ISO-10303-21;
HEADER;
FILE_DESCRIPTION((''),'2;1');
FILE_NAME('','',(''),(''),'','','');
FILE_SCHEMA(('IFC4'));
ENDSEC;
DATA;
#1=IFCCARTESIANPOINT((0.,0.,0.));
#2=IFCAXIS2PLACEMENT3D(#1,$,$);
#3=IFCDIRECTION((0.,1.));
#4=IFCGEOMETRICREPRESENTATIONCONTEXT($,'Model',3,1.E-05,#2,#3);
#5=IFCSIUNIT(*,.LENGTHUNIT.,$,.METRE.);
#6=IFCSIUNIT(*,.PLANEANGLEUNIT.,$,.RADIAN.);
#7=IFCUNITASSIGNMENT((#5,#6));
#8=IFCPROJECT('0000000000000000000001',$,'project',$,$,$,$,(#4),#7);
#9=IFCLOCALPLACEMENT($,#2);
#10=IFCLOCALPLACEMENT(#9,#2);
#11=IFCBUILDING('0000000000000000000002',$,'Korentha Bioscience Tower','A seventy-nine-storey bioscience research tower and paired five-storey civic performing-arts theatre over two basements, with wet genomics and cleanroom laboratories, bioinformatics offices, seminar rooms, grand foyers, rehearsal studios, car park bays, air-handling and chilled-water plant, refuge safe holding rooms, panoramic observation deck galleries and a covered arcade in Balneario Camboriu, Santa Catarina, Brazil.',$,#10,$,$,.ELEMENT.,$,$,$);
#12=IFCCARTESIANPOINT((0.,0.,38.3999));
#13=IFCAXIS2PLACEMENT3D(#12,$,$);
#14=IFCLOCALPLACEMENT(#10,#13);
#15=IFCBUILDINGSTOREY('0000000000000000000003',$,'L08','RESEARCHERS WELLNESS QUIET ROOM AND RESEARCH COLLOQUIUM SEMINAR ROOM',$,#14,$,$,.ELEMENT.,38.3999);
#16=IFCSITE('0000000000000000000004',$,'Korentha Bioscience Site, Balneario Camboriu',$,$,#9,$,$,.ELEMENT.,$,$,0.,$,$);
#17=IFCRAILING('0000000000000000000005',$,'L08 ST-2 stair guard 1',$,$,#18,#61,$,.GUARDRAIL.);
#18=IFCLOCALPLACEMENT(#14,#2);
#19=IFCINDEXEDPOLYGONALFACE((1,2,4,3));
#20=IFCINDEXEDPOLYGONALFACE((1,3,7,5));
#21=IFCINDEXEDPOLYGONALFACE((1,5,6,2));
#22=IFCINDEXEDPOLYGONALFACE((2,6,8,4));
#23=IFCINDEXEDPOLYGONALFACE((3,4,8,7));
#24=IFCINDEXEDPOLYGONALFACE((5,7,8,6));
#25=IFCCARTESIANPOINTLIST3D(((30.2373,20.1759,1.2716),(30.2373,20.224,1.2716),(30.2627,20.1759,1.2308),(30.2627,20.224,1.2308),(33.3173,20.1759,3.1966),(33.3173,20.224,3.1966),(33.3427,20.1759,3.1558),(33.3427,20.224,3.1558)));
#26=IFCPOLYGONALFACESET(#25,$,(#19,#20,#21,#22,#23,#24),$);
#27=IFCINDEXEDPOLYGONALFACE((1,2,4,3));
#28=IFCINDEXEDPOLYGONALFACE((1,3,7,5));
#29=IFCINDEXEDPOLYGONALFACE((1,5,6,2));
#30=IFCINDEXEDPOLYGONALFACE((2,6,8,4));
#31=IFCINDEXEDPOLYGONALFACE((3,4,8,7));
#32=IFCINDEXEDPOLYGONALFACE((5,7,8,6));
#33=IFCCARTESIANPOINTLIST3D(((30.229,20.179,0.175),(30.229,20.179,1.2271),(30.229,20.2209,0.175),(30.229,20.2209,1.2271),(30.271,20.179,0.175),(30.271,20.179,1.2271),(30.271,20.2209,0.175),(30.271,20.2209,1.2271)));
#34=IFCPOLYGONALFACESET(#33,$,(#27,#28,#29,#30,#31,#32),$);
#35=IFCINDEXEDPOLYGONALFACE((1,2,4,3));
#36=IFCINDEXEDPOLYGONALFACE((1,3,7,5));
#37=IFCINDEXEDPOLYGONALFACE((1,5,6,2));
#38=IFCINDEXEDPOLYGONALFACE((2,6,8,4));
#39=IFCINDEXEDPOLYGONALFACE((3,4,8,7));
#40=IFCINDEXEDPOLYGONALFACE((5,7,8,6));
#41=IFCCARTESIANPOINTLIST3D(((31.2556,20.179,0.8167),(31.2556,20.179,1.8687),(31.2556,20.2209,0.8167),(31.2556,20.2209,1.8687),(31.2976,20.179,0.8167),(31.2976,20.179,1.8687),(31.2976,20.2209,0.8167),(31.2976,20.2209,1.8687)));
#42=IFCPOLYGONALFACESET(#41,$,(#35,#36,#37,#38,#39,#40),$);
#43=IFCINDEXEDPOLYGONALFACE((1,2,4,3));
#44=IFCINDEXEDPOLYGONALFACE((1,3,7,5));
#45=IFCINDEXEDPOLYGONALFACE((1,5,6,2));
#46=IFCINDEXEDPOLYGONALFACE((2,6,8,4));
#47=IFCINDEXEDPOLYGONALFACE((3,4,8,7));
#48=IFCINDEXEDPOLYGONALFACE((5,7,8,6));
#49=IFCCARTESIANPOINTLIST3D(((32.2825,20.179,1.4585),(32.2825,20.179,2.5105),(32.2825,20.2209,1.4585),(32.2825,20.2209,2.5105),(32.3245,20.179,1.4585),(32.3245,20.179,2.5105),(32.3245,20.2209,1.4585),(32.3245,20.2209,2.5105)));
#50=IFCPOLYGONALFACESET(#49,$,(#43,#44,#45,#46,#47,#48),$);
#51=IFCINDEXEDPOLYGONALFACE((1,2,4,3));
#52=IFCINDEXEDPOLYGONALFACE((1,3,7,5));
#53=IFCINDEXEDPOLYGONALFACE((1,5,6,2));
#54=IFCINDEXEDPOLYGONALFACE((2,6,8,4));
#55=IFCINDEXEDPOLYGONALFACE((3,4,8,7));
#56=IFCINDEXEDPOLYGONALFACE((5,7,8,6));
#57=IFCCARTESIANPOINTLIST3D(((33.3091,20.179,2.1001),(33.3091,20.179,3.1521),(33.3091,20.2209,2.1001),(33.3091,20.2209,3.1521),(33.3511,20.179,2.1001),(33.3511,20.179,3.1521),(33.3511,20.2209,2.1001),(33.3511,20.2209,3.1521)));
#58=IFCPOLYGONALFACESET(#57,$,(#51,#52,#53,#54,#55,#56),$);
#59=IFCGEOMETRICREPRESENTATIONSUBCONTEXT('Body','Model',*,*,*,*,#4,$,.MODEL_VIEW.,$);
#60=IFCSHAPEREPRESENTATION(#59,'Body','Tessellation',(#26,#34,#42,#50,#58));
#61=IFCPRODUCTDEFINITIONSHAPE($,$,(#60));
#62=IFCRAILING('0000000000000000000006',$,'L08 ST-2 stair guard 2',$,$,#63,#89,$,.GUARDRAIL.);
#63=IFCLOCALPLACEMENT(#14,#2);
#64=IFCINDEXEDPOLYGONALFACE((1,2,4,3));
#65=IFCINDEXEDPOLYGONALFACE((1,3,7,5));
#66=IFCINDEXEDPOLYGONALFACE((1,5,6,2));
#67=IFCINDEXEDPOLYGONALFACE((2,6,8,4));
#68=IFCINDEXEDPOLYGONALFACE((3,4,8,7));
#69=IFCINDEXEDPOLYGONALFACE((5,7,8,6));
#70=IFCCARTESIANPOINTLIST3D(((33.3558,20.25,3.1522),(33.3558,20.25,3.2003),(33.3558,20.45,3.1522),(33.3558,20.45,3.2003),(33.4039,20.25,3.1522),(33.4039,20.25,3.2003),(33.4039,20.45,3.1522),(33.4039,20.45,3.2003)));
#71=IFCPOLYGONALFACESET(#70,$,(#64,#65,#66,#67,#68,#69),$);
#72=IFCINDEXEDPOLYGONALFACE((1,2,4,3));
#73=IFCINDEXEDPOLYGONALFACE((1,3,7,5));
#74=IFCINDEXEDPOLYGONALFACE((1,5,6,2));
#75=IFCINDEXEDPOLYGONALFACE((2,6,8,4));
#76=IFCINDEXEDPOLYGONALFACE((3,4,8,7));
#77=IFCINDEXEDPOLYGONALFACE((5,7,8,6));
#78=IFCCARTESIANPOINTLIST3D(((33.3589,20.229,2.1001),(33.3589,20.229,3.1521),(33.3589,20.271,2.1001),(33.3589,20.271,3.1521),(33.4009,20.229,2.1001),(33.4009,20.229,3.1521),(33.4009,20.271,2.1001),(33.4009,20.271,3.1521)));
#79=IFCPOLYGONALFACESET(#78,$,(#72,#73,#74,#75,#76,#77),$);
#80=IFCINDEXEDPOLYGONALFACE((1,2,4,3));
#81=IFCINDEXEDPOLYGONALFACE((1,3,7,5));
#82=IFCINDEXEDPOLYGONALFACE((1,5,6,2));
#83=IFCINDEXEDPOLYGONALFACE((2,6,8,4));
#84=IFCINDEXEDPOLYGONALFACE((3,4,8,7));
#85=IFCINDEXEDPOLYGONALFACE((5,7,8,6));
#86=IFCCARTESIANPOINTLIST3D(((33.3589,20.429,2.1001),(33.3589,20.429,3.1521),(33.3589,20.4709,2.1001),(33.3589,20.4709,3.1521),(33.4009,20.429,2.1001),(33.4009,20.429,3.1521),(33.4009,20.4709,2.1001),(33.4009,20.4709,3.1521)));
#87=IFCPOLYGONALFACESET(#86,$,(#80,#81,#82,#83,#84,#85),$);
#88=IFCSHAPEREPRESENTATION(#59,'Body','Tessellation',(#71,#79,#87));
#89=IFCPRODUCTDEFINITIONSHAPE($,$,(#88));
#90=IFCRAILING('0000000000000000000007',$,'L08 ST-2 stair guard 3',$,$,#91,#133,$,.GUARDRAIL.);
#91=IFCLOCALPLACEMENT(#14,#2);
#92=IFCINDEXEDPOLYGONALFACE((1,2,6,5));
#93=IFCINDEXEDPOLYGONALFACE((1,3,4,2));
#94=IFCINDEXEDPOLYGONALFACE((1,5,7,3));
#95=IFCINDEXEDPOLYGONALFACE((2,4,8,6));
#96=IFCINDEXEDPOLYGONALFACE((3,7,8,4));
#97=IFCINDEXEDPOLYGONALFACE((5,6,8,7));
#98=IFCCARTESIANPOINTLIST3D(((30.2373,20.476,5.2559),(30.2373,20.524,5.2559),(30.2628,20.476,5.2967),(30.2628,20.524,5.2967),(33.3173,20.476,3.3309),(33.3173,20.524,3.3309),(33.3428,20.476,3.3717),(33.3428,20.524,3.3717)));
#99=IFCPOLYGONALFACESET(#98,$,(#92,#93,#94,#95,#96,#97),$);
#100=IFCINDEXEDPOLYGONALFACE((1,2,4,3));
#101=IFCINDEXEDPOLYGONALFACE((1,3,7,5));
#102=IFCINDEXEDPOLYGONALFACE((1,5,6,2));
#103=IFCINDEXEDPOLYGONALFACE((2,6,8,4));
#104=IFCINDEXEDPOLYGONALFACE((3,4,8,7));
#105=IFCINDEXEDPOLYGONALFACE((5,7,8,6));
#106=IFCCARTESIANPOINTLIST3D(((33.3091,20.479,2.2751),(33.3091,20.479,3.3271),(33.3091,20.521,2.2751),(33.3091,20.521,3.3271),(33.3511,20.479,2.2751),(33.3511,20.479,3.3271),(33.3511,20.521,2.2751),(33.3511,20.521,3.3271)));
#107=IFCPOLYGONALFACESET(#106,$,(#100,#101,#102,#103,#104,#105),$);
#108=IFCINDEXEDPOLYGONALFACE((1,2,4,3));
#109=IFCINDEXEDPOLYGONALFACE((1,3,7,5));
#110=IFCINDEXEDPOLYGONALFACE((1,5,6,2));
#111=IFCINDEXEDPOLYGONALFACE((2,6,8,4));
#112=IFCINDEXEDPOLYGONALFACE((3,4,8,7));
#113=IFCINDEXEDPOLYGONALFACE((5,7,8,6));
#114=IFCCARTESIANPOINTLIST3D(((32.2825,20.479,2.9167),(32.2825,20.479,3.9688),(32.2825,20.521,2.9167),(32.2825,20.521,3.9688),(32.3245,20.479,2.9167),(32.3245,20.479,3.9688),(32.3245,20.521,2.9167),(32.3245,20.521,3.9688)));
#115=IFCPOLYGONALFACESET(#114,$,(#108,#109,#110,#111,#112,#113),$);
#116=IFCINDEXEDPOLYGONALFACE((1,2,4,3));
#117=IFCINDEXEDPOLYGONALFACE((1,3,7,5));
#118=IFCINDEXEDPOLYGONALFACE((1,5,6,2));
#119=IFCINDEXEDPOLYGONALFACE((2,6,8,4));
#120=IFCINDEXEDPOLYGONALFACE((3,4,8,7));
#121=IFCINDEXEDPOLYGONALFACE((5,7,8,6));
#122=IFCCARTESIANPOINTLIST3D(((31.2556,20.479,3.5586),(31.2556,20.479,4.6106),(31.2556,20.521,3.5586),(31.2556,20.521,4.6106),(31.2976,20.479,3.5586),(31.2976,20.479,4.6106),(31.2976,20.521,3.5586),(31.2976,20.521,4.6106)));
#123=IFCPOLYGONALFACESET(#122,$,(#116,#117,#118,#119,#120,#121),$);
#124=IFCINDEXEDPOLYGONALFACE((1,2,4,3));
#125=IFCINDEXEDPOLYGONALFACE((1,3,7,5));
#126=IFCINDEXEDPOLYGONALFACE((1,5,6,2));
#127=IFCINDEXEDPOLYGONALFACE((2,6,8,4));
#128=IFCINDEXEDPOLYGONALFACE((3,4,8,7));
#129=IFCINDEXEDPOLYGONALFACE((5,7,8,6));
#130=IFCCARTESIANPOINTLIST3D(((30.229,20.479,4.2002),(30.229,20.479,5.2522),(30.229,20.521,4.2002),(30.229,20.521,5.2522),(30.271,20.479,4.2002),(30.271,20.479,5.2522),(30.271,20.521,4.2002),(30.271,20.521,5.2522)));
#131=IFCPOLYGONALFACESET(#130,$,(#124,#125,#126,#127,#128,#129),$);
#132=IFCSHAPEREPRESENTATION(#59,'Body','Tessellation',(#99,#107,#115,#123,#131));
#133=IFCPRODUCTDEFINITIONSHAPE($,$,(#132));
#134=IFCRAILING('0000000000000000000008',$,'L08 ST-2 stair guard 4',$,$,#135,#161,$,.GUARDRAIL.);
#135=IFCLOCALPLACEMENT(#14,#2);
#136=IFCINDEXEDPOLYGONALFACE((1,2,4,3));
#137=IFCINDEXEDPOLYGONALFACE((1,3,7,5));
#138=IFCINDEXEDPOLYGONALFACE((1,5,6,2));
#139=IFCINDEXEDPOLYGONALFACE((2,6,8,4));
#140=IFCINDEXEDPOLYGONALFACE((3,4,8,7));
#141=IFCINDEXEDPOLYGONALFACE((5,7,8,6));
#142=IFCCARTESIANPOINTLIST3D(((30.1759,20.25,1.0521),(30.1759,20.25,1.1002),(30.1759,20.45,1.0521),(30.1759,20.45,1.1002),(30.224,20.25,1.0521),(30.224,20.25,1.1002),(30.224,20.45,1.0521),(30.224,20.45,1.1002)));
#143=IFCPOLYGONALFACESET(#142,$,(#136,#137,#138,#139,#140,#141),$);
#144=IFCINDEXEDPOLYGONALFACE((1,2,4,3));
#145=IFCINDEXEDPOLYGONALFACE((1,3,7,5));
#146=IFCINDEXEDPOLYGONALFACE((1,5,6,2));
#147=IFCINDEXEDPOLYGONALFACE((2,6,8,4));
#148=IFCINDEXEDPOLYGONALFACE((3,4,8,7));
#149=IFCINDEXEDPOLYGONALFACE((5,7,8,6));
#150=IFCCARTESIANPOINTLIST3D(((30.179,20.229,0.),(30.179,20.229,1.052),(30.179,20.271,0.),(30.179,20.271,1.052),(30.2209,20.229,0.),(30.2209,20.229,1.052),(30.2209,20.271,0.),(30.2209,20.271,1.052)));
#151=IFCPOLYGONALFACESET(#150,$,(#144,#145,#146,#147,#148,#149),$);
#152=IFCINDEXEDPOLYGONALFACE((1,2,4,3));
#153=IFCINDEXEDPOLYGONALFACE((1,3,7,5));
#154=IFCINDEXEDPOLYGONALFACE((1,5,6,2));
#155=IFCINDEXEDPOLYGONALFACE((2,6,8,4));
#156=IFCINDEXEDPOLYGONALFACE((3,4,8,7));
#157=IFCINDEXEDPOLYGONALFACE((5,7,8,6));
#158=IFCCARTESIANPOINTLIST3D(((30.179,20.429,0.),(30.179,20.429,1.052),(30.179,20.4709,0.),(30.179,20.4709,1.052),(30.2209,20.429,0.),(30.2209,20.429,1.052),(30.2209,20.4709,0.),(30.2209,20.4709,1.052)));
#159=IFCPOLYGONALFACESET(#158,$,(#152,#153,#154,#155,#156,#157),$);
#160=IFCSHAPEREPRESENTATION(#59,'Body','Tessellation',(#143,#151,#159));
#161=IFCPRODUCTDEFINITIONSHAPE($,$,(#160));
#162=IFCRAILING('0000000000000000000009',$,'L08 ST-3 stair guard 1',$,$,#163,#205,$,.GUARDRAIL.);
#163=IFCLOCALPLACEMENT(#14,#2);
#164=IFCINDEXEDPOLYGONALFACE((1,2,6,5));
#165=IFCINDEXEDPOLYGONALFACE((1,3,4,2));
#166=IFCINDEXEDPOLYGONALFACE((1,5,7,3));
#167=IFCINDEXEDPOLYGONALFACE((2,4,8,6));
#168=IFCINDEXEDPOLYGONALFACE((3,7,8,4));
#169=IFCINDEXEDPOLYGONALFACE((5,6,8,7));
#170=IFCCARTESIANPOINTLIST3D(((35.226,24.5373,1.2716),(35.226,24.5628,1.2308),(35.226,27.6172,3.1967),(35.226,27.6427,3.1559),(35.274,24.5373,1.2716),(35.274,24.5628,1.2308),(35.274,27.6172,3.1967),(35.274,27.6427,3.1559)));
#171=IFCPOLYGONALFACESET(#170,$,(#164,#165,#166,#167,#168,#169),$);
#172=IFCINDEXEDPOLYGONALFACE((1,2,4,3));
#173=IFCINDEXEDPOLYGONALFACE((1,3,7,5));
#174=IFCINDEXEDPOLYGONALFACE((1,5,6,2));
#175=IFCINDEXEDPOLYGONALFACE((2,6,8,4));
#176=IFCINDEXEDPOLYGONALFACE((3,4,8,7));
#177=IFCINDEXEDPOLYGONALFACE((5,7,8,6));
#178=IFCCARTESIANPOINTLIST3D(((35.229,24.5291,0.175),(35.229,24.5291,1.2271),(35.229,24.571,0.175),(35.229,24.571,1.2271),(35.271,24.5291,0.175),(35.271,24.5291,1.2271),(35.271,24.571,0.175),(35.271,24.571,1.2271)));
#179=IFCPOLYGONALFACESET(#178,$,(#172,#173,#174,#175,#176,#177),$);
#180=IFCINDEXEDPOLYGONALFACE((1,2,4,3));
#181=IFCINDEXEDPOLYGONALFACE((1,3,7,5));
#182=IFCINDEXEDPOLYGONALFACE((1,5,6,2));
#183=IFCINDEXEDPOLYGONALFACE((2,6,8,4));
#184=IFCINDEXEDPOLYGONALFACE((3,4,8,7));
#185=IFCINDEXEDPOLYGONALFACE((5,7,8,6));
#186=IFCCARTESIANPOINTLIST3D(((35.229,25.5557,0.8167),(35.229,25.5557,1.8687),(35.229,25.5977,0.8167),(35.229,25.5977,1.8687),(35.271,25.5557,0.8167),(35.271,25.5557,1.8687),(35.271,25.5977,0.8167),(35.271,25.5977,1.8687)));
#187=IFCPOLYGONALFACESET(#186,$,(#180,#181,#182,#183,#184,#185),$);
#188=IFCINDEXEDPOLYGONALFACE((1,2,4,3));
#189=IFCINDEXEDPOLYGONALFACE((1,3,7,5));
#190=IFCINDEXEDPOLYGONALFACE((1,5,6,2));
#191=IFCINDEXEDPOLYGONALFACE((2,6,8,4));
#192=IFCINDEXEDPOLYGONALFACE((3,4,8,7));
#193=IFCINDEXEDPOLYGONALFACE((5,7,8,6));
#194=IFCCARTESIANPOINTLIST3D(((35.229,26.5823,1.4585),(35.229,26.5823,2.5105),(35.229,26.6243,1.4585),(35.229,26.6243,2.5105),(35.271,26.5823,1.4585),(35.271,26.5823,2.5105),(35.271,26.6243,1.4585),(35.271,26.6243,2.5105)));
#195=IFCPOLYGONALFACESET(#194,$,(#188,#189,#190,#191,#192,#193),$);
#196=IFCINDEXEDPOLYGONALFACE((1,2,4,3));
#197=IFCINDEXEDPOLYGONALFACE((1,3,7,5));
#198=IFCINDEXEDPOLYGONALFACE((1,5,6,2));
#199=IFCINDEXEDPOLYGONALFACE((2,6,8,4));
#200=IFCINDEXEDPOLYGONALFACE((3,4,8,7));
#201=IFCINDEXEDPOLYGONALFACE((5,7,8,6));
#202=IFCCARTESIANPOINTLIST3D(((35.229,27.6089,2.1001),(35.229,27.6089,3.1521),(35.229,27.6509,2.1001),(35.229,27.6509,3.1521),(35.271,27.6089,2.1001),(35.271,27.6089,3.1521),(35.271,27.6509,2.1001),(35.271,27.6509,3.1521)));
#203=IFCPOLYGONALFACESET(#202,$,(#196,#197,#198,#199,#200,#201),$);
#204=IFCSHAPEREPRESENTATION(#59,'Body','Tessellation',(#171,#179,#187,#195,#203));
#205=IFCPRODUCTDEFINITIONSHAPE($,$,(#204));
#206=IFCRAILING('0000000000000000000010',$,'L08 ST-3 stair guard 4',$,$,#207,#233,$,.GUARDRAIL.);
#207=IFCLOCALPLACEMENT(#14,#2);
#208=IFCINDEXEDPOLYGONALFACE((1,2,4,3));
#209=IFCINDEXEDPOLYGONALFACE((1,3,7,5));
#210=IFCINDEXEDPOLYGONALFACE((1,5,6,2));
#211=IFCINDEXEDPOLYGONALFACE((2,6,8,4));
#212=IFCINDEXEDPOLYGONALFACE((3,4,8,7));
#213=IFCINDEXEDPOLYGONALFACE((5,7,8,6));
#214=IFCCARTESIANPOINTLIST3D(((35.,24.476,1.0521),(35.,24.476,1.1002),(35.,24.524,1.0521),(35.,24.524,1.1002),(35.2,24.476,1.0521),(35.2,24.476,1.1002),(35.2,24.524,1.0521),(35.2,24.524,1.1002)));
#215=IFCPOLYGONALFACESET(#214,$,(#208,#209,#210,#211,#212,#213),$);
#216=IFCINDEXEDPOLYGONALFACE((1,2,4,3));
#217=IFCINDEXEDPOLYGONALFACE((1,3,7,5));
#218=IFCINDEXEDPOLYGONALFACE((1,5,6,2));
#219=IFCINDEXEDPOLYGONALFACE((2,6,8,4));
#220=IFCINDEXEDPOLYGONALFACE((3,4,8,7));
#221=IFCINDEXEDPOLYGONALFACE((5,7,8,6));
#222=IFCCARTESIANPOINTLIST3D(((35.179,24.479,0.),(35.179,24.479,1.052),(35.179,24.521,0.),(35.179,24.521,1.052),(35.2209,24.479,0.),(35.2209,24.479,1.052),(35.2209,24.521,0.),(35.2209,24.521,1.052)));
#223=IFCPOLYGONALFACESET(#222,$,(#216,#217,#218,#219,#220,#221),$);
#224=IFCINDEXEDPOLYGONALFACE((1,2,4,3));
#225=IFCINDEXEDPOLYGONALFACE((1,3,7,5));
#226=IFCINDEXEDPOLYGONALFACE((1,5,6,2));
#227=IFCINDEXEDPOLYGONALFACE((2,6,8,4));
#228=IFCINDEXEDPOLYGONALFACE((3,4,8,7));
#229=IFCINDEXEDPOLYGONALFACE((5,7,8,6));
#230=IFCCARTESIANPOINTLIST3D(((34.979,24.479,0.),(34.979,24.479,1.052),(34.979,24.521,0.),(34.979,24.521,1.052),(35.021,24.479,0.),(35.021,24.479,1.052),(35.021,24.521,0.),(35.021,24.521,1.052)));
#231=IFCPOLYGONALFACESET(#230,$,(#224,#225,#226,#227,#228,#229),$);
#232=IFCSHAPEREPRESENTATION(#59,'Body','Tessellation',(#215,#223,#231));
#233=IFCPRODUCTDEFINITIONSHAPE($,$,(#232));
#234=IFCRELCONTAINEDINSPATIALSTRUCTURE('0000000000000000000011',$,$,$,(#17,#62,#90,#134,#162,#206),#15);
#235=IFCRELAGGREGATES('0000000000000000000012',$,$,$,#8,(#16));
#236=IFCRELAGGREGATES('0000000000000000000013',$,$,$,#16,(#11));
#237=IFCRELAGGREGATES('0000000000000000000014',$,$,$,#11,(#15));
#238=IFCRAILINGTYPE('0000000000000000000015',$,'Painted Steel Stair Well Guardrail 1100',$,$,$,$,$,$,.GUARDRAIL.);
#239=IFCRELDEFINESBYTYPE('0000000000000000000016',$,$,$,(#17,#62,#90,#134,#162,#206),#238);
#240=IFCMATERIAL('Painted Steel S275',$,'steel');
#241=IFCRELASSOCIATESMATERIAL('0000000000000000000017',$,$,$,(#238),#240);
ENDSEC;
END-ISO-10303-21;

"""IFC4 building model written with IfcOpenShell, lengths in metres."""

from ifc_helpers import new_model, si_unit, direction, frame, origin, origin_2d, place, context, subcontext, project, spatial, rectangle, extrude, material, type_object, element, save


model = new_model("IFC4")

# Units and contexts
model_context = context("Model", 3, precision=1e-05, world=origin(), true_north=direction((0.0, 1.0)))
body_context = subcontext(model_context, "Body", "Model", "MODEL_VIEW")
ifc_project = project(units=[si_unit("LENGTHUNIT", "METRE"), si_unit("PLANEANGLEUNIT", "RADIAN")], contexts=[model_context])

# Site, building, storey
site_placement = place(None, origin())
site = spatial("IfcSite", under=ifc_project, at=site_placement, Name="Korentha Bioscience Site, Balneario Camboriu", CompositionType="ELEMENT", RefElevation=0.0)
building_placement = place(site_placement, origin())
building = spatial("IfcBuilding", under=site, at=building_placement, Name="Korentha Bioscience Tower", Description="A seventy-nine-storey bioscience research tower and paired five-storey civic performing-arts theatre over two basements, with wet genomics and cleanroom laboratories, bioinformatics offices, seminar rooms, grand foyers, rehearsal studios, car park bays, air-handling and chilled-water plant, refuge safe holding rooms, panoramic observation deck galleries and a covered arcade in Balneario Camboriu, Santa Catarina, Brazil.", CompositionType="ELEMENT")
storey_placement = place(building_placement, frame((0.0, 0.0, 38.3999)))
storey = spatial("IfcBuildingStorey", under=building, at=storey_placement, Name="L08", Description="RESEARCHERS WELLNESS QUIET ROOM AND RESEARCH COLLOQUIUM SEMINAR ROOM", CompositionType="ELEMENT", Elevation=38.3999)

# Railings
ifc_material_1 = material(Name="Painted Steel S275", Category="steel")
railing_type_1 = type_object("IfcRailingType", Name="Painted Steel Stair Well Guardrail 1100", PredefinedType="GUARDRAIL", material=ifc_material_1)
railing_1_placement = place(storey_placement, frame((30.25, 20.2, 0.175)))
element("IfcRailing", 1, at=railing_1_placement, inside=storey, type_object=railing_type_1, Name="L08 ST-2 stair guard 1", PredefinedType="GUARDRAIL", context=body_context, shape_type="SweptSolid", body=[
    extrude(rectangle(XDim=0.0481, YDim=0.0481, at=origin_2d()), frame((0.0, 0.0, 1.0762), z_axis=(0.847998, 0.0, 0.529999), x_axis=(0.0, 1.0, 0.0)), (0.0, 0.0, 1.0), 3.6321),
    extrude(rectangle(XDim=0.042, YDim=0.042, at=origin_2d()), origin(), (0.0, 0.0, 1.0), 1.052),
    extrude(rectangle(XDim=0.042, YDim=0.042, at=origin_2d()), frame((1.0266, 0.0, 0.6416)), (0.0, 0.0, 1.0), 1.052),
    extrude(rectangle(XDim=0.042, YDim=0.042, at=origin_2d()), frame((2.0535, 0.0, 1.2834)), (0.0, 0.0, 1.0), 1.052),
    extrude(rectangle(XDim=0.042, YDim=0.042, at=origin_2d()), frame((3.0801, 0.0, 1.925)), (0.0, 0.0, 1.0), 1.052),
])
railing_2_placement = place(storey_placement, frame((33.3799, 20.25, 2.1001)))
element("IfcRailing", 2, at=railing_2_placement, inside=storey, type_object=railing_type_1, Name="L08 ST-2 stair guard 2", PredefinedType="GUARDRAIL", context=body_context, shape_type="SweptSolid", body=[
    extrude(rectangle(XDim=0.0481, YDim=0.0481, at=origin_2d()), frame((0.0, 0.0, 1.0762), z_axis=(0.0, 1.0, 0.0), x_axis=(-1.0, 0.0, 0.0)), (0.0, 0.0, 1.0), 0.2),
    extrude(rectangle(XDim=0.042, YDim=0.042, at=origin_2d()), origin(), (0.0, 0.0, 1.0), 1.052),
    extrude(rectangle(XDim=0.042, YDim=0.042, at=origin_2d()), frame((0.0, 0.2, 0.0)), (0.0, 0.0, 1.0), 1.052),
])
railing_3_placement = place(storey_placement, frame((33.3301, 20.5, 2.2751)))
element("IfcRailing", 3, at=railing_3_placement, inside=storey, type_object=railing_type_1, Name="L08 ST-2 stair guard 3", PredefinedType="GUARDRAIL", context=body_context, shape_type="SweptSolid", body=[
    extrude(rectangle(XDim=0.0481, YDim=0.0481, at=origin_2d()), frame((0.0, 0.0, 1.0762), z_axis=(-0.847998, 0.0, 0.529999), x_axis=(0.0, -1.0, 0.0)), (0.0, 0.0, 1.0), 3.6321),
    extrude(rectangle(XDim=0.042, YDim=0.042, at=origin_2d()), origin(), (0.0, 0.0, 1.0), 1.052),
    extrude(rectangle(XDim=0.042, YDim=0.042, at=origin_2d()), frame((-1.0266, 0.0, 0.6416)), (0.0, 0.0, 1.0), 1.052),
    extrude(rectangle(XDim=0.042, YDim=0.042, at=origin_2d()), frame((-2.0535, 0.0, 1.2834)), (0.0, 0.0, 1.0), 1.052),
    extrude(rectangle(XDim=0.042, YDim=0.042, at=origin_2d()), frame((-3.0801, 0.0, 1.925)), (0.0, 0.0, 1.0), 1.052),
])
railing_4_placement = place(storey_placement, frame((30.2, 20.25, 0.0)))
element("IfcRailing", 4, at=railing_4_placement, inside=storey, type_object=railing_type_1, Name="L08 ST-2 stair guard 4", PredefinedType="GUARDRAIL", context=body_context, shape_type="SweptSolid", body=[
    extrude(rectangle(XDim=0.0481, YDim=0.0481, at=origin_2d()), frame((0.0, 0.0, 1.0762), z_axis=(0.0, 1.0, 0.0), x_axis=(-1.0, 0.0, 0.0)), (0.0, 0.0, 1.0), 0.2),
    extrude(rectangle(XDim=0.042, YDim=0.042, at=origin_2d()), origin(), (0.0, 0.0, 1.0), 1.052),
    extrude(rectangle(XDim=0.042, YDim=0.042, at=origin_2d()), frame((0.0, 0.2, 0.0)), (0.0, 0.0, 1.0), 1.052),
])
railing_5_placement = place(storey_placement, frame((35.25, 24.55, 0.175)))
element("IfcRailing", 5, at=railing_5_placement, inside=storey, type_object=railing_type_1, Name="L08 ST-3 stair guard 1", PredefinedType="GUARDRAIL", context=body_context, shape_type="SweptSolid", body=[
    extrude(rectangle(XDim=0.0481, YDim=0.0481, at=origin_2d()), frame((0.0, 0.0, 1.0762), z_axis=(0.0, 0.847979, 0.530029), x_axis=(-1.0, 0.0, 0.0)), (0.0, 0.0, 1.0), 3.6321),
    extrude(rectangle(XDim=0.042, YDim=0.042, at=origin_2d()), origin(), (0.0, 0.0, 1.0), 1.052),
    extrude(rectangle(XDim=0.042, YDim=0.042, at=origin_2d()), frame((0.0, 1.0266, 0.6416)), (0.0, 0.0, 1.0), 1.052),
    extrude(rectangle(XDim=0.042, YDim=0.042, at=origin_2d()), frame((0.0, 2.0532, 1.2834)), (0.0, 0.0, 1.0), 1.052),
    extrude(rectangle(XDim=0.042, YDim=0.042, at=origin_2d()), frame((0.0, 3.0798, 1.925)), (0.0, 0.0, 1.0), 1.052),
])
railing_6_placement = place(storey_placement, frame((35.2, 24.5, 0.0)))
element("IfcRailing", 6, at=railing_6_placement, inside=storey, type_object=railing_type_1, Name="L08 ST-3 stair guard 4", PredefinedType="GUARDRAIL", context=body_context, shape_type="SweptSolid", body=[
    extrude(rectangle(XDim=0.0481, YDim=0.0481, at=origin_2d()), frame((0.0, 0.0, 1.0762), z_axis=(-1.0, 0.0, 0.0), x_axis=(0.0, -1.0, 0.0)), (0.0, 0.0, 1.0), 0.2),
    extrude(rectangle(XDim=0.042, YDim=0.042, at=origin_2d()), origin(), (0.0, 0.0, 1.0), 1.052),
    extrude(rectangle(XDim=0.042, YDim=0.042, at=origin_2d()), frame((-0.2, 0.0, 0.0)), (0.0, 0.0, 1.0), 1.052),
])

save(model, "model.ifc")
